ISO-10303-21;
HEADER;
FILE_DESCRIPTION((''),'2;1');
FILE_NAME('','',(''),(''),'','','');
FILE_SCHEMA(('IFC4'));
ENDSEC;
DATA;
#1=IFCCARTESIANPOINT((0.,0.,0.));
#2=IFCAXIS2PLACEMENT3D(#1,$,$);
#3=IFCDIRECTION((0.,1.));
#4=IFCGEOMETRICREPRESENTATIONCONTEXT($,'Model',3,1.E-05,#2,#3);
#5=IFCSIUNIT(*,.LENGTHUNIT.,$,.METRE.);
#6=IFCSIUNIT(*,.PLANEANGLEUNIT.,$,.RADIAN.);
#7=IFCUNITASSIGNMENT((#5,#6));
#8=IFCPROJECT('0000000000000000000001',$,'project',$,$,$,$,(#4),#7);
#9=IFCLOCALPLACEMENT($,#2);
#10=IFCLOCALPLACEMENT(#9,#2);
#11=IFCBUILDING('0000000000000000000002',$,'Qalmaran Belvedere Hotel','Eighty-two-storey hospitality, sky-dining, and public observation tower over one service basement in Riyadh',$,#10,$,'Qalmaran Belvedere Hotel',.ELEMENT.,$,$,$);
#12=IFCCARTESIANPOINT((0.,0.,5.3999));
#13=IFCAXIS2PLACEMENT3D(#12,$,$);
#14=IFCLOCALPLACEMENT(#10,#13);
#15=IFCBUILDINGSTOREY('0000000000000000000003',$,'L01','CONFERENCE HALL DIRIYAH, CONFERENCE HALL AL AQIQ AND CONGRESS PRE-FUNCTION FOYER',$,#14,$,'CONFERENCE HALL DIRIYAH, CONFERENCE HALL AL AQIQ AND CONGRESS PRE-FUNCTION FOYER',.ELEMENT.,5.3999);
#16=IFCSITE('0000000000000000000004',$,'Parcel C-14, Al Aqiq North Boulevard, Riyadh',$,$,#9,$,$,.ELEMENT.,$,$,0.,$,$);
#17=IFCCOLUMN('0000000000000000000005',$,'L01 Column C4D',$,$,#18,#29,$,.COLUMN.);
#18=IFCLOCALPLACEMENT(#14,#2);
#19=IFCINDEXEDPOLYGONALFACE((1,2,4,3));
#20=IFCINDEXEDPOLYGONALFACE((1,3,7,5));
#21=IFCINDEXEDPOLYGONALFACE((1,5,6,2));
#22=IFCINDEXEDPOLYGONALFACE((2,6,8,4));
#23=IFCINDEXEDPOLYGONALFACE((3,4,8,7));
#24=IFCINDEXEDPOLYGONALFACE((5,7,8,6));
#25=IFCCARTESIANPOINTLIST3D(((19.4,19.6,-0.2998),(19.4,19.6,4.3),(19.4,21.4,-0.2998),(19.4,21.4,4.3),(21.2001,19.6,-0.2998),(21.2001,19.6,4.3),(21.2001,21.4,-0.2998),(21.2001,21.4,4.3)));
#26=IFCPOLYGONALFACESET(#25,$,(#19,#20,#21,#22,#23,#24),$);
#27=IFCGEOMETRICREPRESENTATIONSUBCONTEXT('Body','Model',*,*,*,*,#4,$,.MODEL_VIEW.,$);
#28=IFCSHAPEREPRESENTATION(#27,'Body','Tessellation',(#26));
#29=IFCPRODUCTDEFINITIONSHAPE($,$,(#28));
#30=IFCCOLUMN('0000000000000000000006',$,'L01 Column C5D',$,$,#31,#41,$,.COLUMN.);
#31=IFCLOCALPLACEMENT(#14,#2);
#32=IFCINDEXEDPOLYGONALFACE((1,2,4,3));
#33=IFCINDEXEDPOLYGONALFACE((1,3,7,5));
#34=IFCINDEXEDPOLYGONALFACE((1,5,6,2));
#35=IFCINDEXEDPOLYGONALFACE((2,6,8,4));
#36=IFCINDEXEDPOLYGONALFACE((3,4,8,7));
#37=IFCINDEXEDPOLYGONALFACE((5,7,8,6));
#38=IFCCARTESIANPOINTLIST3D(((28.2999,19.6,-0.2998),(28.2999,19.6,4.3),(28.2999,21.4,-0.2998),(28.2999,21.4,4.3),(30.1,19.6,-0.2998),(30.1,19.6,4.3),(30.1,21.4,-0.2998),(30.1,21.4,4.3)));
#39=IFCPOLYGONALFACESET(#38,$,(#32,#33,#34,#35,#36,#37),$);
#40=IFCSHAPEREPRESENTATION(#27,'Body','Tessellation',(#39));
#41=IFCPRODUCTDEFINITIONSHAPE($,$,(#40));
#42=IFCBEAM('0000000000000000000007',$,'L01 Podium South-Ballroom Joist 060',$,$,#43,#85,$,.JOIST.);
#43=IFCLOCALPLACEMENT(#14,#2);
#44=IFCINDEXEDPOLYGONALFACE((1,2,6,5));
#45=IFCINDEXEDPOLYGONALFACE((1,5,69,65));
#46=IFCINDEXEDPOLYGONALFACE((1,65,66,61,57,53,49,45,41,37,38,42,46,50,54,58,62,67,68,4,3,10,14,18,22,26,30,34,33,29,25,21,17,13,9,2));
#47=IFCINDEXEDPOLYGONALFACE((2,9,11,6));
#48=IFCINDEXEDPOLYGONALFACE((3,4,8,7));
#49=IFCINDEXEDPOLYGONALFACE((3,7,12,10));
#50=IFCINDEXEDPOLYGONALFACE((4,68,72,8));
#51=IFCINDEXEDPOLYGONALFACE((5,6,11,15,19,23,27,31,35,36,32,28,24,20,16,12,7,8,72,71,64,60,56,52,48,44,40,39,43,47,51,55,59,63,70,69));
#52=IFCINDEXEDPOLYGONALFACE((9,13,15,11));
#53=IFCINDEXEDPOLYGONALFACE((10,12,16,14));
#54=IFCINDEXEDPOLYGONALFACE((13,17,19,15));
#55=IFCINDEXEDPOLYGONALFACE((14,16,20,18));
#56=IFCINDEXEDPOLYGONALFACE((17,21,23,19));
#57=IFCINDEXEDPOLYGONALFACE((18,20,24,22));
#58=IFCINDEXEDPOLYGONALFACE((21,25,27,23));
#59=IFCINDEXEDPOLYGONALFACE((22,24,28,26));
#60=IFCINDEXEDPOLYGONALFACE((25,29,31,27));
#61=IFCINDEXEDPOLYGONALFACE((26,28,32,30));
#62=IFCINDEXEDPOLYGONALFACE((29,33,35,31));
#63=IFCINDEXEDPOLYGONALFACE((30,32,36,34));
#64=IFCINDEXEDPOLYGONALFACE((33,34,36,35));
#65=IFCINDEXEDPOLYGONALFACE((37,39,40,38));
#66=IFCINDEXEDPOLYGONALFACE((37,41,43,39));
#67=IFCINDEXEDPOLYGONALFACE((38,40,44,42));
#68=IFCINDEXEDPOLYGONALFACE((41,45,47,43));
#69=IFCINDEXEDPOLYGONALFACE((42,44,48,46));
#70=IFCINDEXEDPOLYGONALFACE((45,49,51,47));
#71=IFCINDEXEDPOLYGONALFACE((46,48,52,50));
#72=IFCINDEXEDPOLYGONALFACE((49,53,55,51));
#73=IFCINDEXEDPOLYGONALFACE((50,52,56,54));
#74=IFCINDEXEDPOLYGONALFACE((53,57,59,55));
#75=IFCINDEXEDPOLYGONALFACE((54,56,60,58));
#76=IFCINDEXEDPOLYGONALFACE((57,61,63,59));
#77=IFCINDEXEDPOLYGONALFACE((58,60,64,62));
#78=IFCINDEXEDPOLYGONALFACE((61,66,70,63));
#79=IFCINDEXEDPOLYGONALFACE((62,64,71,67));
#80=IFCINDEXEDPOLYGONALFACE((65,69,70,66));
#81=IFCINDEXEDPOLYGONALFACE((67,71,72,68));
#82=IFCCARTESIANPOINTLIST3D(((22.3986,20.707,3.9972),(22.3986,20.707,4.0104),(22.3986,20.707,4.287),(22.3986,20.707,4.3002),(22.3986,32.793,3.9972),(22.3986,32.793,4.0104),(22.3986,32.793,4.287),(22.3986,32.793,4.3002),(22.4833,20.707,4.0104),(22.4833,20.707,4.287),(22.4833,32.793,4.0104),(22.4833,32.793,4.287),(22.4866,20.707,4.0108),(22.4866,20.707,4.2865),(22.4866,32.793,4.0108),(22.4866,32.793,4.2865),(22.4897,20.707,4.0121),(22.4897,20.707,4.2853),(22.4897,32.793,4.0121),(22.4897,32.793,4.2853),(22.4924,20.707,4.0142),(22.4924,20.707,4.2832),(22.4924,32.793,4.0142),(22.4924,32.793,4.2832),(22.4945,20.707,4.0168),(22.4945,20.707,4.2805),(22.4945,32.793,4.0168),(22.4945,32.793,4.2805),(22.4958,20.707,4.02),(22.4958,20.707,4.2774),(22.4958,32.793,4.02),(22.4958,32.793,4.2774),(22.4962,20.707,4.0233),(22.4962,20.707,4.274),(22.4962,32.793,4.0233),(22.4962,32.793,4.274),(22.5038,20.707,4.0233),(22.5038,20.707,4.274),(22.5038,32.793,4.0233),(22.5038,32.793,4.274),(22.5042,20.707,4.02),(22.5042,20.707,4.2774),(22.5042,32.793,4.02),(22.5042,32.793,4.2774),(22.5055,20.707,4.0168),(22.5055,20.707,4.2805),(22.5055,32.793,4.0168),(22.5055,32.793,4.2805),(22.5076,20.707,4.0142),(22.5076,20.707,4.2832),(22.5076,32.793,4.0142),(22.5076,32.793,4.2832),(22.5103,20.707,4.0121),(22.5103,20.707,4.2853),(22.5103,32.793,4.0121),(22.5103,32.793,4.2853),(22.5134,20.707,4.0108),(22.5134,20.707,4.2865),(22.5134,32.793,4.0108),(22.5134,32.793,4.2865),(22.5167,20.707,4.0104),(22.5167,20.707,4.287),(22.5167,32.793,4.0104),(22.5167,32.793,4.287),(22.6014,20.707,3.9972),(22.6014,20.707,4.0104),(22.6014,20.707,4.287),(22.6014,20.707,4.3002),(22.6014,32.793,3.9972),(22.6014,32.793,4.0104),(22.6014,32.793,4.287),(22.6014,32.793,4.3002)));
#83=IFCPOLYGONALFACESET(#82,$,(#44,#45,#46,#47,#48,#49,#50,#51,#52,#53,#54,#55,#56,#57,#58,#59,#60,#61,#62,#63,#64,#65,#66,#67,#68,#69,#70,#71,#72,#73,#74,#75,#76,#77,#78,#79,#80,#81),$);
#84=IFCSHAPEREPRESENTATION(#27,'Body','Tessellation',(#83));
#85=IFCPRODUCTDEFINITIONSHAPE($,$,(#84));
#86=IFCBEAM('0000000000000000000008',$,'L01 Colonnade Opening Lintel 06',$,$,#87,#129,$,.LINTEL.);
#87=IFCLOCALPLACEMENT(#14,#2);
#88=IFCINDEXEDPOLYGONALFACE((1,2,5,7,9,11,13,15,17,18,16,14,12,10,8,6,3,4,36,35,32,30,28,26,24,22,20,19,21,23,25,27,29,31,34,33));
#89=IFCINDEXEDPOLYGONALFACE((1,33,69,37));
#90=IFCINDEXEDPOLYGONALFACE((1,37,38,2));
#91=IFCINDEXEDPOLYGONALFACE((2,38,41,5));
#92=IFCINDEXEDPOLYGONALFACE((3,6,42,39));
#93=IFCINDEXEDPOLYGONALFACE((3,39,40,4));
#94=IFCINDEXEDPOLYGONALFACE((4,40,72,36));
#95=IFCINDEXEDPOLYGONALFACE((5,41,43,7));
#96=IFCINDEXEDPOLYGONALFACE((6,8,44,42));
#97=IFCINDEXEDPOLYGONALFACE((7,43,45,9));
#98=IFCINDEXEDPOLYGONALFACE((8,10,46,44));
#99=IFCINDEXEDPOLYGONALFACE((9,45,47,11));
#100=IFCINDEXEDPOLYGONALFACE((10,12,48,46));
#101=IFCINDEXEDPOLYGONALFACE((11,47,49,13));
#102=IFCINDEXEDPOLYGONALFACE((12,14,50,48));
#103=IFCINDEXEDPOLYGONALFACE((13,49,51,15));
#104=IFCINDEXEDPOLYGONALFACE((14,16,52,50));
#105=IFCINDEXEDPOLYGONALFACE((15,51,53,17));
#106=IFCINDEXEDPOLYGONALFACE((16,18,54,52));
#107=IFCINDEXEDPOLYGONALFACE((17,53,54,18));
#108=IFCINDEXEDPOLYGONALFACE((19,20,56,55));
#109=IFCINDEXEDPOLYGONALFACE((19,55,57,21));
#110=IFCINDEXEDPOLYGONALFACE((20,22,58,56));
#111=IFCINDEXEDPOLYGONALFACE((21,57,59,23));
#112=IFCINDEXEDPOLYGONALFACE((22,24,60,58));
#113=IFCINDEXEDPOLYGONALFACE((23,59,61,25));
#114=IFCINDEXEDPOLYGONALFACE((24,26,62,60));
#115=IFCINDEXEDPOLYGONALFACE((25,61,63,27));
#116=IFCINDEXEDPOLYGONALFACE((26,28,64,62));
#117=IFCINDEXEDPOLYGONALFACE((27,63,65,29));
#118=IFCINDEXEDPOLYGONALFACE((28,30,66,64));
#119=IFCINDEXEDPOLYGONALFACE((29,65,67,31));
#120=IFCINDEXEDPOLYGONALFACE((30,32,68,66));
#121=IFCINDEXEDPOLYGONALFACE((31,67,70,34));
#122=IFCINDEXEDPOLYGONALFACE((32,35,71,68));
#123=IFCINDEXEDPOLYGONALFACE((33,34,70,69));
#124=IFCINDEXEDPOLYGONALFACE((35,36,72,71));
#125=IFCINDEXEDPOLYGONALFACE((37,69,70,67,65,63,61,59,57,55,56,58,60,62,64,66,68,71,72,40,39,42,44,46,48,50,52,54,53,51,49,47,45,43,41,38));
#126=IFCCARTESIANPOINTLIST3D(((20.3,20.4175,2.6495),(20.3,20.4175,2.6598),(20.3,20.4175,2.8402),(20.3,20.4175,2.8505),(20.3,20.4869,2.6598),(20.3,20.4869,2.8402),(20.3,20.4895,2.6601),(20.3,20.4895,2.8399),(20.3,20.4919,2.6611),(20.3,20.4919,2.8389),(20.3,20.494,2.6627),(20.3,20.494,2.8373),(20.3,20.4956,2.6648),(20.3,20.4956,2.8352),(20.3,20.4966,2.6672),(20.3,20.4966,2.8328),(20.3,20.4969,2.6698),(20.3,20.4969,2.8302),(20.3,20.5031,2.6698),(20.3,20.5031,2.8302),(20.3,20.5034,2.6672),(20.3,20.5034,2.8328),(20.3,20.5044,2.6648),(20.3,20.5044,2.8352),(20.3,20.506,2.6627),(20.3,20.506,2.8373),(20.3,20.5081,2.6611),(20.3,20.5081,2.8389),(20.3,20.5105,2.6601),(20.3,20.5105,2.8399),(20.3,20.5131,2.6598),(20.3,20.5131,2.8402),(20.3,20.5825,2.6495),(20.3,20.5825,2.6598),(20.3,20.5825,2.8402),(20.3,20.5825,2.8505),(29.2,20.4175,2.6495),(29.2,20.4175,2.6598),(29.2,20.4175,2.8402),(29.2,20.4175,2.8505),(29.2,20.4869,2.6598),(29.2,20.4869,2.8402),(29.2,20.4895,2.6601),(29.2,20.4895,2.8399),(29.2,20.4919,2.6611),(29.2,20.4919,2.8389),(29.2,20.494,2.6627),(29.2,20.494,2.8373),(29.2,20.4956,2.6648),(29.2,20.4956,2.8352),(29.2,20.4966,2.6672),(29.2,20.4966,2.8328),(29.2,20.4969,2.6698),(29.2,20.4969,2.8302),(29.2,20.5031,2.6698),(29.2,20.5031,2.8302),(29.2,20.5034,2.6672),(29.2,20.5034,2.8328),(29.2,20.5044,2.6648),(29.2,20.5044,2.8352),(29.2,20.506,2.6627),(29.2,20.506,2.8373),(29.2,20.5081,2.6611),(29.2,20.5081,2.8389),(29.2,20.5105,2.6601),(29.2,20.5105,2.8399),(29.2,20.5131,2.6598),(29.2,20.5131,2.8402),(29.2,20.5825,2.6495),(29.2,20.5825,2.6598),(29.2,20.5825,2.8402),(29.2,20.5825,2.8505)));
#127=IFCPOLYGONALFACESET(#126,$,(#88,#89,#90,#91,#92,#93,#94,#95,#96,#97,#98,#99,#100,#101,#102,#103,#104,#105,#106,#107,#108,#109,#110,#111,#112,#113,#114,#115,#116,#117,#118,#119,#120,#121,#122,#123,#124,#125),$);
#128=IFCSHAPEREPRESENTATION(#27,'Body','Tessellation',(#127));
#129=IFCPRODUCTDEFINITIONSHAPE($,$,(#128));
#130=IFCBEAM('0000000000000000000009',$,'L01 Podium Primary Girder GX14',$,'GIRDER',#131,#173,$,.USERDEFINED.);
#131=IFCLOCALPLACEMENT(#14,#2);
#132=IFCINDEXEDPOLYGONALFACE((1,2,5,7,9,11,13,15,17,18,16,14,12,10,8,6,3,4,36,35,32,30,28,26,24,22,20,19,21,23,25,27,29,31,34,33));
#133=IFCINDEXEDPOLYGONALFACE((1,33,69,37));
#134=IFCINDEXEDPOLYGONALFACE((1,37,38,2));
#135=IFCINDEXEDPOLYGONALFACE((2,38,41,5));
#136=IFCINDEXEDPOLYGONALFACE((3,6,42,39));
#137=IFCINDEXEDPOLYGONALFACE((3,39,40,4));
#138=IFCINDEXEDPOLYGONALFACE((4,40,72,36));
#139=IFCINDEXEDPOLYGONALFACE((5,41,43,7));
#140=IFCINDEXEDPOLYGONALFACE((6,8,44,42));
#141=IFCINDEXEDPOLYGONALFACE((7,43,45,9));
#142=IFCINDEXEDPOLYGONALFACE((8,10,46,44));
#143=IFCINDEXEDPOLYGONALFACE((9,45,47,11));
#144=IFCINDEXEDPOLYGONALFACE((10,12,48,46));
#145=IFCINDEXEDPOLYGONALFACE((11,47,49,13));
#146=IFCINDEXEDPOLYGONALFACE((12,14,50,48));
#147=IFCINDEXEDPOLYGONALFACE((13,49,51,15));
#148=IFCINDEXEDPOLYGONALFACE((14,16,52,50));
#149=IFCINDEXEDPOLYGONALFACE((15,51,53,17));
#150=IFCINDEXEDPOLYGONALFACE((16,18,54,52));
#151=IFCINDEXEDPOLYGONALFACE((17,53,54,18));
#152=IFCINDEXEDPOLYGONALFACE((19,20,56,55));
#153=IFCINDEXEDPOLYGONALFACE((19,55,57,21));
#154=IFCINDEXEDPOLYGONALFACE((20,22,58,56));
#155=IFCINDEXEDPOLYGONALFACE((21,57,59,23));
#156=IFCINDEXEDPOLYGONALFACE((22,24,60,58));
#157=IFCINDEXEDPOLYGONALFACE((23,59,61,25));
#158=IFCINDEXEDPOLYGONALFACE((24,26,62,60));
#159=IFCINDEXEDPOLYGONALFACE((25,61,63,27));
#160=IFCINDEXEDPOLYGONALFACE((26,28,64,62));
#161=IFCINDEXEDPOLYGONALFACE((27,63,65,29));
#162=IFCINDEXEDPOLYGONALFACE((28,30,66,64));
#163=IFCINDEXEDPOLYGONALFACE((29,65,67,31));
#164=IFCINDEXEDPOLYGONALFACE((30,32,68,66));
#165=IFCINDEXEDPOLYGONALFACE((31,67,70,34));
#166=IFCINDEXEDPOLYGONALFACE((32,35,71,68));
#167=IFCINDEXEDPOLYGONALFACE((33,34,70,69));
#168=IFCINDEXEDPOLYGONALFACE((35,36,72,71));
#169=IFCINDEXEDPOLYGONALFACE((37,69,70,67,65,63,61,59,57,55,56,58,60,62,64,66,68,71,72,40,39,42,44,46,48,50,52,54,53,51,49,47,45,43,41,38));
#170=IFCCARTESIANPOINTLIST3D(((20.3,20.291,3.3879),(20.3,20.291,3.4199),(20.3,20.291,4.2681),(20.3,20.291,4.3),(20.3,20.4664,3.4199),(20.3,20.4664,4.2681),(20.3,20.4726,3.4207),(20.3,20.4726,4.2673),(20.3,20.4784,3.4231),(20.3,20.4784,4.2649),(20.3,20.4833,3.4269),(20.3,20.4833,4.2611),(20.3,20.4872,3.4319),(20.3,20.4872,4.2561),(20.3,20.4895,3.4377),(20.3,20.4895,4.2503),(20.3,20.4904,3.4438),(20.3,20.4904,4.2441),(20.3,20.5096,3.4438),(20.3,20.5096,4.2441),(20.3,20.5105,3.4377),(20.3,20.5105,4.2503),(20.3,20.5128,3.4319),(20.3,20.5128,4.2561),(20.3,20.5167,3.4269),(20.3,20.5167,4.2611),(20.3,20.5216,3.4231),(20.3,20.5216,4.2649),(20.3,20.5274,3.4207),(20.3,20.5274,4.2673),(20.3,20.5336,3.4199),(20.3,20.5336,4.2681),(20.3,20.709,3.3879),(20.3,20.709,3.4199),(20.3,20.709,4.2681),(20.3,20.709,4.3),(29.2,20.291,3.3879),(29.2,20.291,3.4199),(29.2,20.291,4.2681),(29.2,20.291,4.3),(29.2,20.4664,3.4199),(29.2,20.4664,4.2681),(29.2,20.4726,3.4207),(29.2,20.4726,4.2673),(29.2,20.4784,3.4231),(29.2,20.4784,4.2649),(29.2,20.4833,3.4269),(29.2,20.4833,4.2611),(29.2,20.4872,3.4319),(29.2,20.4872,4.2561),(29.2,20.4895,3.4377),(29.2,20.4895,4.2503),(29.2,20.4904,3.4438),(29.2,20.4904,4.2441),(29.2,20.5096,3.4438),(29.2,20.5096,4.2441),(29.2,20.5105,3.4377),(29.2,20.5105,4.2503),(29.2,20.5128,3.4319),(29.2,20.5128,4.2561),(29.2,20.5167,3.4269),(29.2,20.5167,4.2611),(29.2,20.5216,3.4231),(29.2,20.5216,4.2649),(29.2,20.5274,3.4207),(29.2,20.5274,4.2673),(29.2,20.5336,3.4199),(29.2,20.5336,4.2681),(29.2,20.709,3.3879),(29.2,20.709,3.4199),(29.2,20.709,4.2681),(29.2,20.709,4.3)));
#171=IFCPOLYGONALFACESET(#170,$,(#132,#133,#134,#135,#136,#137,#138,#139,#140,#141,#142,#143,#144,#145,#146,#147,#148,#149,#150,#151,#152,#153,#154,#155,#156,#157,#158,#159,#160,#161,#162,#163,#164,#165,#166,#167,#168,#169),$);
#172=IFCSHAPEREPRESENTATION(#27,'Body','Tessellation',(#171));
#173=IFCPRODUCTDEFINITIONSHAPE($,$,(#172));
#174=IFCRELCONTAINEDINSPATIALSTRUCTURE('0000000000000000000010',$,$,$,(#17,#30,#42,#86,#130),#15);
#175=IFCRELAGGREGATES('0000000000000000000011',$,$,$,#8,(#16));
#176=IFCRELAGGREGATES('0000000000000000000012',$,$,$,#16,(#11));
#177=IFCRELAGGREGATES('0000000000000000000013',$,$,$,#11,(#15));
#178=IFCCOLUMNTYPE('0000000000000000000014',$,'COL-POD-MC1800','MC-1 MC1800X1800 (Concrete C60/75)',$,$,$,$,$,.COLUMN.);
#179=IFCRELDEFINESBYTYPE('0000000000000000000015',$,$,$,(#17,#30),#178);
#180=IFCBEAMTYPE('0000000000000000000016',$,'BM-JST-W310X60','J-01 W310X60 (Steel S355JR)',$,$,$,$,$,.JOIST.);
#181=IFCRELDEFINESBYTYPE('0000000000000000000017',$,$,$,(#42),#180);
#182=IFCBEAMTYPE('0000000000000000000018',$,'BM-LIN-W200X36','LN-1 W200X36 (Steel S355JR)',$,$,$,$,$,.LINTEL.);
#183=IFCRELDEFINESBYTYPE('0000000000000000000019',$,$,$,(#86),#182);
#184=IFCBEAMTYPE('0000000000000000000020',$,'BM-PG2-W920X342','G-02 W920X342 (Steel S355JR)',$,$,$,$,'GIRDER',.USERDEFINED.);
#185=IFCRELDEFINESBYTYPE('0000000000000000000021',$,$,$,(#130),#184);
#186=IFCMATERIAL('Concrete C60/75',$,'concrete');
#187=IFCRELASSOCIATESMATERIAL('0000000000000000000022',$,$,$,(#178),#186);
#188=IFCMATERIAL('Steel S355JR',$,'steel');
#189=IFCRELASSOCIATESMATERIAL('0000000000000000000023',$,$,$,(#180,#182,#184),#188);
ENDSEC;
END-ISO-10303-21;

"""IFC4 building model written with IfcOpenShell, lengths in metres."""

from ifc_helpers import new_model, si_unit, direction, frame, origin, origin_2d, place, context, subcontext, project, spatial, rectangle, i_section, extrude, material, material_profile, profile_set, type_object, element, save


model = new_model("IFC4")

# Units and contexts
model_context = context("Model", 3, precision=1e-05, world=origin(), true_north=direction((0.0, 1.0)))
body_context = subcontext(model_context, "Body", "Model", "MODEL_VIEW")
ifc_project = project(units=[si_unit("LENGTHUNIT", "METRE"), si_unit("PLANEANGLEUNIT", "RADIAN")], contexts=[model_context])

# Site, building, storey
site_placement = place(None, origin())
site = spatial("IfcSite", under=ifc_project, at=site_placement, Name="Parcel C-14, Al Aqiq North Boulevard, Riyadh", CompositionType="ELEMENT", RefElevation=0.0)
building_placement = place(site_placement, origin())
building = spatial("IfcBuilding", under=site, at=building_placement, Name="Qalmaran Belvedere Hotel", Description="Eighty-two-storey hospitality, sky-dining, and public observation tower over one service basement in Riyadh", LongName="Qalmaran Belvedere Hotel", CompositionType="ELEMENT")
storey_placement = place(building_placement, frame((0.0, 0.0, 5.3999)))
storey = spatial("IfcBuildingStorey", under=building, at=storey_placement, Name="L01", Description="CONFERENCE HALL DIRIYAH, CONFERENCE HALL AL AQIQ AND CONGRESS PRE-FUNCTION FOYER", LongName="CONFERENCE HALL DIRIYAH, CONFERENCE HALL AL AQIQ AND CONGRESS PRE-FUNCTION FOYER", CompositionType="ELEMENT", Elevation=5.3999)

# Columns
ifc_material_1 = material(Name="Concrete C60/75", Category="concrete")
ifc_material_profile_1 = material_profile(ifc_material_1, rectangle(XDim=1.8, YDim=1.8, at=origin_2d()), Name="MC1800X1800")
ifc_profile_set_1 = profile_set([ifc_material_profile_1], Name="Concrete C60/75")
column_type = type_object("IfcColumnType", Name="COL-POD-MC1800", Description="MC-1 MC1800X1800 (Concrete C60/75)", PredefinedType="COLUMN", material=ifc_profile_set_1)
for number, where, z_axis, x_axis, name in (
    (1, (20.3, 20.5, -0.2998), (0.0, 0.0, 1.0), (1.0, 0.0, 0.0), "L01 Column C4D"),
    (2, (29.2, 20.5, -0.2998), (0.0, 0.0, 1.0), (1.0, 0.0, 0.0), "L01 Column C5D"),
):
    element("IfcColumn", number, at=place(storey_placement, frame(where, z_axis=z_axis, x_axis=x_axis)), inside=storey, type_object=column_type, Name=name, PredefinedType="COLUMN", context=body_context, shape_type="SweptSolid", body=[
        extrude(rectangle(XDim=1.8, YDim=1.8, at=origin_2d()), origin(), (0.0, 0.0, 1.0), 4.5999),
    ])

# Beams
ifc_material_2 = material(Name="Steel S355JR", Category="steel")
ifc_material_profile_2 = material_profile(ifc_material_2, i_section(OverallWidth=0.2029, OverallDepth=0.303, WebThickness=0.0076, FlangeThickness=0.0132, FilletRadius=0.0129, at=origin_2d()), Name="W310X60")
ifc_profile_set_2 = profile_set([ifc_material_profile_2], Name="Steel S355JR")
beam_type_1 = type_object("IfcBeamType", Name="BM-JST-W310X60", Description="J-01 W310X60 (Steel S355JR)", PredefinedType="JOIST", material=ifc_profile_set_2)
beam_1_placement = place(storey_placement, frame((22.5, 20.707, 4.1487), z_axis=(0.0, 1.0, 0.0), x_axis=(-1.0, 0.0, 0.0)))
element("IfcBeam", 3, at=beam_1_placement, inside=storey, type_object=beam_type_1, Name="L01 Podium South-Ballroom Joist 060", PredefinedType="JOIST", context=body_context, shape_type="SweptSolid", body=[
    extrude(i_section(OverallWidth=0.2029, OverallDepth=0.303, WebThickness=0.0076, FlangeThickness=0.0132, FilletRadius=0.0129, at=origin_2d()), origin(), (0.0, 0.0, 1.0), 12.0859),
])
ifc_material_profile_3 = material_profile(ifc_material_2, i_section(OverallWidth=0.165, OverallDepth=0.2009, WebThickness=0.0061, FlangeThickness=0.0103, FilletRadius=0.01, at=origin_2d()), Name="W200X36")
ifc_profile_set_3 = profile_set([ifc_material_profile_3], Name="Steel S355JR")
beam_type_2 = type_object("IfcBeamType", Name="BM-LIN-W200X36", Description="LN-1 W200X36 (Steel S355JR)", PredefinedType="LINTEL", material=ifc_profile_set_3)
beam_2_placement = place(storey_placement, frame((20.3, 20.5, 2.75), z_axis=(1.0, 0.0, 0.0), x_axis=(0.0, 1.0, 0.0)))
element("IfcBeam", 4, at=beam_2_placement, inside=storey, type_object=beam_type_2, Name="L01 Colonnade Opening Lintel 06", PredefinedType="LINTEL", context=body_context, shape_type="SweptSolid", body=[
    extrude(i_section(OverallWidth=0.165, OverallDepth=0.2009, WebThickness=0.0061, FlangeThickness=0.0103, FilletRadius=0.01, at=origin_2d()), origin(), (0.0, 0.0, 1.0), 8.8999),
])
ifc_material_profile_4 = material_profile(ifc_material_2, i_section(OverallWidth=0.418, OverallDepth=0.9121, WebThickness=0.0193, FlangeThickness=0.032, FilletRadius=0.0239, at=origin_2d()), Name="W920X342")
ifc_profile_set_4 = profile_set([ifc_material_profile_4], Name="Steel S355JR")
beam_type_3 = type_object("IfcBeamType", Name="BM-PG2-W920X342", Description="G-02 W920X342 (Steel S355JR)", ElementType="GIRDER", PredefinedType="USERDEFINED", material=ifc_profile_set_4)
beam_3_placement = place(storey_placement, frame((20.3, 20.5, 3.844), z_axis=(1.0, 0.0, 0.0), x_axis=(0.0, 1.0, 0.0)))
element("IfcBeam", 5, at=beam_3_placement, inside=storey, type_object=beam_type_3, Name="L01 Podium Primary Girder GX14", ObjectType="GIRDER", PredefinedType="USERDEFINED", context=body_context, shape_type="SweptSolid", body=[
    extrude(i_section(OverallWidth=0.418, OverallDepth=0.9121, WebThickness=0.0193, FlangeThickness=0.032, FilletRadius=0.0239, at=origin_2d()), origin(), (0.0, 0.0, 1.0), 8.8999),
])

save(model, "model.ifc")
